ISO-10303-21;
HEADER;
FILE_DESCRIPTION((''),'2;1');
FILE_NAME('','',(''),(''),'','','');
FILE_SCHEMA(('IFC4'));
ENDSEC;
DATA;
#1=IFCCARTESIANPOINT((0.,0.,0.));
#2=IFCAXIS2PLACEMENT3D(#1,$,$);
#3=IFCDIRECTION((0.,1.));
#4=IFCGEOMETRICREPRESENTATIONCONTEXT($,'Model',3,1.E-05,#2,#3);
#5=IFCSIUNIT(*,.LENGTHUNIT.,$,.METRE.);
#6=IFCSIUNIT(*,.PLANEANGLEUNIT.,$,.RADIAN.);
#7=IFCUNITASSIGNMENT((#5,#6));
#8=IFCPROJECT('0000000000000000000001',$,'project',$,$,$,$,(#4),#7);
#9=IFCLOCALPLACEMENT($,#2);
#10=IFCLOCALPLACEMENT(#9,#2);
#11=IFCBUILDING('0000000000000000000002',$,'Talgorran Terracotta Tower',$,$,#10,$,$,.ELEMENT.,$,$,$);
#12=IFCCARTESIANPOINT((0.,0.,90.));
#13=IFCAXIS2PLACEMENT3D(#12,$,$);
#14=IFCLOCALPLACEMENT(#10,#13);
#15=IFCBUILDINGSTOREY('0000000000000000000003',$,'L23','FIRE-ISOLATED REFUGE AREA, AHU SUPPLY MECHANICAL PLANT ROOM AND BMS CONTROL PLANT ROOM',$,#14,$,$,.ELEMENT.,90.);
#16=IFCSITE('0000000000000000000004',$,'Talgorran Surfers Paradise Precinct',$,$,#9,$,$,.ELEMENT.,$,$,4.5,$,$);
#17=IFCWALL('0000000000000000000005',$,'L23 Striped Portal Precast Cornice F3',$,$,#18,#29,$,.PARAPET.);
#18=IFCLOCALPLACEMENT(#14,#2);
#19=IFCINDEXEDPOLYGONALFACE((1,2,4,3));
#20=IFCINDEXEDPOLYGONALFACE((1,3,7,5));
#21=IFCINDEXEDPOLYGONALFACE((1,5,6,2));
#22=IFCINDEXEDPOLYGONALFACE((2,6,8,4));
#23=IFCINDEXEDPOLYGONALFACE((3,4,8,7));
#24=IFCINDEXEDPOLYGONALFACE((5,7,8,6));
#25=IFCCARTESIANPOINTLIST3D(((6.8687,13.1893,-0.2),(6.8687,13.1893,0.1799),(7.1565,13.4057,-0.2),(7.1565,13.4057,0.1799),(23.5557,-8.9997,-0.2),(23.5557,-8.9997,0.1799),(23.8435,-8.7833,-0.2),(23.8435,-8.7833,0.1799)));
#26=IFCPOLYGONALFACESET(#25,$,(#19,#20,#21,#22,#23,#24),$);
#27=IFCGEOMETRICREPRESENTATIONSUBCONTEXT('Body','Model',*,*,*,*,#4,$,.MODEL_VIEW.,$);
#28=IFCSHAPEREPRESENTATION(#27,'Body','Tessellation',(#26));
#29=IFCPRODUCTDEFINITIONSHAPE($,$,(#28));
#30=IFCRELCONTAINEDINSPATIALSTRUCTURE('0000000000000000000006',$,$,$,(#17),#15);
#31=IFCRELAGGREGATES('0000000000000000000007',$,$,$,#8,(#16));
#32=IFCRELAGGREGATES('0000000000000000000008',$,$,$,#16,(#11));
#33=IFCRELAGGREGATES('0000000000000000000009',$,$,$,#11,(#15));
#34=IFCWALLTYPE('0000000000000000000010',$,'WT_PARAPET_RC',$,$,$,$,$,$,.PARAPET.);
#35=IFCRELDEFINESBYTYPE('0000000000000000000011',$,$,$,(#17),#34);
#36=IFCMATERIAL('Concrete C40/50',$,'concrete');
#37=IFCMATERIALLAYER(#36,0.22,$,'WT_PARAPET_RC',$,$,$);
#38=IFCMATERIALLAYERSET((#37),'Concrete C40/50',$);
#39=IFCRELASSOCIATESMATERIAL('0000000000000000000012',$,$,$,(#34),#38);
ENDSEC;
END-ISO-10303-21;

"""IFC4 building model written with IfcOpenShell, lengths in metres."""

from ifc_helpers import new_model, si_unit, direction, frame, frame_2d, origin, place, context, subcontext, project, spatial, rectangle, extrude, material, layer, layer_set, type_object, element, save


model = new_model("IFC4")

# Units and contexts
model_context = context("Model", 3, precision=1e-05, world=origin(), true_north=direction((0.0, 1.0)))
body_context = subcontext(model_context, "Body", "Model", "MODEL_VIEW")
ifc_project = project(units=[si_unit("LENGTHUNIT", "METRE"), si_unit("PLANEANGLEUNIT", "RADIAN")], contexts=[model_context])

# Site, building, storey
site_placement = place(None, origin())
site = spatial("IfcSite", under=ifc_project, at=site_placement, Name="Talgorran Surfers Paradise Precinct", CompositionType="ELEMENT", RefElevation=4.5)
building_placement = place(site_placement, origin())
building = spatial("IfcBuilding", under=site, at=building_placement, Name="Talgorran Terracotta Tower", CompositionType="ELEMENT")
storey_placement = place(building_placement, frame((0.0, 0.0, 90.0)))
storey = spatial("IfcBuildingStorey", under=building, at=storey_placement, Name="L23", Description="FIRE-ISOLATED REFUGE AREA, AHU SUPPLY MECHANICAL PLANT ROOM AND BMS CONTROL PLANT ROOM", CompositionType="ELEMENT", Elevation=90.0)

# Wall
ifc_material_1 = material(Name="Concrete C40/50", Category="concrete")
ifc_layer_1 = layer(ifc_material_1, 0.22, Name="WT_PARAPET_RC")
ifc_layer_set_1 = layer_set([ifc_layer_1], Name="Concrete C40/50")
wall_type_1 = type_object("IfcWallType", Name="WT_PARAPET_RC", PredefinedType="PARAPET", material=ifc_layer_set_1)
wall_1_placement = place(storey_placement, frame((23.6997, -8.8916, -0.2), z_axis=(0.0, 0.0, 1.0), x_axis=(-0.601043, 0.799216, 0.0)))
element("IfcWall", 1, at=wall_1_placement, inside=storey, type_object=wall_type_1, Name="L23 Striped Portal Precast Cornice F3", PredefinedType="PARAPET", context=body_context, shape_type="SweptSolid", body=[
    extrude(rectangle(XDim=27.7634, YDim=0.3601, at=frame_2d((13.8818, 0.0))), origin(), (0.0, 0.0, 1.0), 0.3799),
])

save(model, "model.ifc")
